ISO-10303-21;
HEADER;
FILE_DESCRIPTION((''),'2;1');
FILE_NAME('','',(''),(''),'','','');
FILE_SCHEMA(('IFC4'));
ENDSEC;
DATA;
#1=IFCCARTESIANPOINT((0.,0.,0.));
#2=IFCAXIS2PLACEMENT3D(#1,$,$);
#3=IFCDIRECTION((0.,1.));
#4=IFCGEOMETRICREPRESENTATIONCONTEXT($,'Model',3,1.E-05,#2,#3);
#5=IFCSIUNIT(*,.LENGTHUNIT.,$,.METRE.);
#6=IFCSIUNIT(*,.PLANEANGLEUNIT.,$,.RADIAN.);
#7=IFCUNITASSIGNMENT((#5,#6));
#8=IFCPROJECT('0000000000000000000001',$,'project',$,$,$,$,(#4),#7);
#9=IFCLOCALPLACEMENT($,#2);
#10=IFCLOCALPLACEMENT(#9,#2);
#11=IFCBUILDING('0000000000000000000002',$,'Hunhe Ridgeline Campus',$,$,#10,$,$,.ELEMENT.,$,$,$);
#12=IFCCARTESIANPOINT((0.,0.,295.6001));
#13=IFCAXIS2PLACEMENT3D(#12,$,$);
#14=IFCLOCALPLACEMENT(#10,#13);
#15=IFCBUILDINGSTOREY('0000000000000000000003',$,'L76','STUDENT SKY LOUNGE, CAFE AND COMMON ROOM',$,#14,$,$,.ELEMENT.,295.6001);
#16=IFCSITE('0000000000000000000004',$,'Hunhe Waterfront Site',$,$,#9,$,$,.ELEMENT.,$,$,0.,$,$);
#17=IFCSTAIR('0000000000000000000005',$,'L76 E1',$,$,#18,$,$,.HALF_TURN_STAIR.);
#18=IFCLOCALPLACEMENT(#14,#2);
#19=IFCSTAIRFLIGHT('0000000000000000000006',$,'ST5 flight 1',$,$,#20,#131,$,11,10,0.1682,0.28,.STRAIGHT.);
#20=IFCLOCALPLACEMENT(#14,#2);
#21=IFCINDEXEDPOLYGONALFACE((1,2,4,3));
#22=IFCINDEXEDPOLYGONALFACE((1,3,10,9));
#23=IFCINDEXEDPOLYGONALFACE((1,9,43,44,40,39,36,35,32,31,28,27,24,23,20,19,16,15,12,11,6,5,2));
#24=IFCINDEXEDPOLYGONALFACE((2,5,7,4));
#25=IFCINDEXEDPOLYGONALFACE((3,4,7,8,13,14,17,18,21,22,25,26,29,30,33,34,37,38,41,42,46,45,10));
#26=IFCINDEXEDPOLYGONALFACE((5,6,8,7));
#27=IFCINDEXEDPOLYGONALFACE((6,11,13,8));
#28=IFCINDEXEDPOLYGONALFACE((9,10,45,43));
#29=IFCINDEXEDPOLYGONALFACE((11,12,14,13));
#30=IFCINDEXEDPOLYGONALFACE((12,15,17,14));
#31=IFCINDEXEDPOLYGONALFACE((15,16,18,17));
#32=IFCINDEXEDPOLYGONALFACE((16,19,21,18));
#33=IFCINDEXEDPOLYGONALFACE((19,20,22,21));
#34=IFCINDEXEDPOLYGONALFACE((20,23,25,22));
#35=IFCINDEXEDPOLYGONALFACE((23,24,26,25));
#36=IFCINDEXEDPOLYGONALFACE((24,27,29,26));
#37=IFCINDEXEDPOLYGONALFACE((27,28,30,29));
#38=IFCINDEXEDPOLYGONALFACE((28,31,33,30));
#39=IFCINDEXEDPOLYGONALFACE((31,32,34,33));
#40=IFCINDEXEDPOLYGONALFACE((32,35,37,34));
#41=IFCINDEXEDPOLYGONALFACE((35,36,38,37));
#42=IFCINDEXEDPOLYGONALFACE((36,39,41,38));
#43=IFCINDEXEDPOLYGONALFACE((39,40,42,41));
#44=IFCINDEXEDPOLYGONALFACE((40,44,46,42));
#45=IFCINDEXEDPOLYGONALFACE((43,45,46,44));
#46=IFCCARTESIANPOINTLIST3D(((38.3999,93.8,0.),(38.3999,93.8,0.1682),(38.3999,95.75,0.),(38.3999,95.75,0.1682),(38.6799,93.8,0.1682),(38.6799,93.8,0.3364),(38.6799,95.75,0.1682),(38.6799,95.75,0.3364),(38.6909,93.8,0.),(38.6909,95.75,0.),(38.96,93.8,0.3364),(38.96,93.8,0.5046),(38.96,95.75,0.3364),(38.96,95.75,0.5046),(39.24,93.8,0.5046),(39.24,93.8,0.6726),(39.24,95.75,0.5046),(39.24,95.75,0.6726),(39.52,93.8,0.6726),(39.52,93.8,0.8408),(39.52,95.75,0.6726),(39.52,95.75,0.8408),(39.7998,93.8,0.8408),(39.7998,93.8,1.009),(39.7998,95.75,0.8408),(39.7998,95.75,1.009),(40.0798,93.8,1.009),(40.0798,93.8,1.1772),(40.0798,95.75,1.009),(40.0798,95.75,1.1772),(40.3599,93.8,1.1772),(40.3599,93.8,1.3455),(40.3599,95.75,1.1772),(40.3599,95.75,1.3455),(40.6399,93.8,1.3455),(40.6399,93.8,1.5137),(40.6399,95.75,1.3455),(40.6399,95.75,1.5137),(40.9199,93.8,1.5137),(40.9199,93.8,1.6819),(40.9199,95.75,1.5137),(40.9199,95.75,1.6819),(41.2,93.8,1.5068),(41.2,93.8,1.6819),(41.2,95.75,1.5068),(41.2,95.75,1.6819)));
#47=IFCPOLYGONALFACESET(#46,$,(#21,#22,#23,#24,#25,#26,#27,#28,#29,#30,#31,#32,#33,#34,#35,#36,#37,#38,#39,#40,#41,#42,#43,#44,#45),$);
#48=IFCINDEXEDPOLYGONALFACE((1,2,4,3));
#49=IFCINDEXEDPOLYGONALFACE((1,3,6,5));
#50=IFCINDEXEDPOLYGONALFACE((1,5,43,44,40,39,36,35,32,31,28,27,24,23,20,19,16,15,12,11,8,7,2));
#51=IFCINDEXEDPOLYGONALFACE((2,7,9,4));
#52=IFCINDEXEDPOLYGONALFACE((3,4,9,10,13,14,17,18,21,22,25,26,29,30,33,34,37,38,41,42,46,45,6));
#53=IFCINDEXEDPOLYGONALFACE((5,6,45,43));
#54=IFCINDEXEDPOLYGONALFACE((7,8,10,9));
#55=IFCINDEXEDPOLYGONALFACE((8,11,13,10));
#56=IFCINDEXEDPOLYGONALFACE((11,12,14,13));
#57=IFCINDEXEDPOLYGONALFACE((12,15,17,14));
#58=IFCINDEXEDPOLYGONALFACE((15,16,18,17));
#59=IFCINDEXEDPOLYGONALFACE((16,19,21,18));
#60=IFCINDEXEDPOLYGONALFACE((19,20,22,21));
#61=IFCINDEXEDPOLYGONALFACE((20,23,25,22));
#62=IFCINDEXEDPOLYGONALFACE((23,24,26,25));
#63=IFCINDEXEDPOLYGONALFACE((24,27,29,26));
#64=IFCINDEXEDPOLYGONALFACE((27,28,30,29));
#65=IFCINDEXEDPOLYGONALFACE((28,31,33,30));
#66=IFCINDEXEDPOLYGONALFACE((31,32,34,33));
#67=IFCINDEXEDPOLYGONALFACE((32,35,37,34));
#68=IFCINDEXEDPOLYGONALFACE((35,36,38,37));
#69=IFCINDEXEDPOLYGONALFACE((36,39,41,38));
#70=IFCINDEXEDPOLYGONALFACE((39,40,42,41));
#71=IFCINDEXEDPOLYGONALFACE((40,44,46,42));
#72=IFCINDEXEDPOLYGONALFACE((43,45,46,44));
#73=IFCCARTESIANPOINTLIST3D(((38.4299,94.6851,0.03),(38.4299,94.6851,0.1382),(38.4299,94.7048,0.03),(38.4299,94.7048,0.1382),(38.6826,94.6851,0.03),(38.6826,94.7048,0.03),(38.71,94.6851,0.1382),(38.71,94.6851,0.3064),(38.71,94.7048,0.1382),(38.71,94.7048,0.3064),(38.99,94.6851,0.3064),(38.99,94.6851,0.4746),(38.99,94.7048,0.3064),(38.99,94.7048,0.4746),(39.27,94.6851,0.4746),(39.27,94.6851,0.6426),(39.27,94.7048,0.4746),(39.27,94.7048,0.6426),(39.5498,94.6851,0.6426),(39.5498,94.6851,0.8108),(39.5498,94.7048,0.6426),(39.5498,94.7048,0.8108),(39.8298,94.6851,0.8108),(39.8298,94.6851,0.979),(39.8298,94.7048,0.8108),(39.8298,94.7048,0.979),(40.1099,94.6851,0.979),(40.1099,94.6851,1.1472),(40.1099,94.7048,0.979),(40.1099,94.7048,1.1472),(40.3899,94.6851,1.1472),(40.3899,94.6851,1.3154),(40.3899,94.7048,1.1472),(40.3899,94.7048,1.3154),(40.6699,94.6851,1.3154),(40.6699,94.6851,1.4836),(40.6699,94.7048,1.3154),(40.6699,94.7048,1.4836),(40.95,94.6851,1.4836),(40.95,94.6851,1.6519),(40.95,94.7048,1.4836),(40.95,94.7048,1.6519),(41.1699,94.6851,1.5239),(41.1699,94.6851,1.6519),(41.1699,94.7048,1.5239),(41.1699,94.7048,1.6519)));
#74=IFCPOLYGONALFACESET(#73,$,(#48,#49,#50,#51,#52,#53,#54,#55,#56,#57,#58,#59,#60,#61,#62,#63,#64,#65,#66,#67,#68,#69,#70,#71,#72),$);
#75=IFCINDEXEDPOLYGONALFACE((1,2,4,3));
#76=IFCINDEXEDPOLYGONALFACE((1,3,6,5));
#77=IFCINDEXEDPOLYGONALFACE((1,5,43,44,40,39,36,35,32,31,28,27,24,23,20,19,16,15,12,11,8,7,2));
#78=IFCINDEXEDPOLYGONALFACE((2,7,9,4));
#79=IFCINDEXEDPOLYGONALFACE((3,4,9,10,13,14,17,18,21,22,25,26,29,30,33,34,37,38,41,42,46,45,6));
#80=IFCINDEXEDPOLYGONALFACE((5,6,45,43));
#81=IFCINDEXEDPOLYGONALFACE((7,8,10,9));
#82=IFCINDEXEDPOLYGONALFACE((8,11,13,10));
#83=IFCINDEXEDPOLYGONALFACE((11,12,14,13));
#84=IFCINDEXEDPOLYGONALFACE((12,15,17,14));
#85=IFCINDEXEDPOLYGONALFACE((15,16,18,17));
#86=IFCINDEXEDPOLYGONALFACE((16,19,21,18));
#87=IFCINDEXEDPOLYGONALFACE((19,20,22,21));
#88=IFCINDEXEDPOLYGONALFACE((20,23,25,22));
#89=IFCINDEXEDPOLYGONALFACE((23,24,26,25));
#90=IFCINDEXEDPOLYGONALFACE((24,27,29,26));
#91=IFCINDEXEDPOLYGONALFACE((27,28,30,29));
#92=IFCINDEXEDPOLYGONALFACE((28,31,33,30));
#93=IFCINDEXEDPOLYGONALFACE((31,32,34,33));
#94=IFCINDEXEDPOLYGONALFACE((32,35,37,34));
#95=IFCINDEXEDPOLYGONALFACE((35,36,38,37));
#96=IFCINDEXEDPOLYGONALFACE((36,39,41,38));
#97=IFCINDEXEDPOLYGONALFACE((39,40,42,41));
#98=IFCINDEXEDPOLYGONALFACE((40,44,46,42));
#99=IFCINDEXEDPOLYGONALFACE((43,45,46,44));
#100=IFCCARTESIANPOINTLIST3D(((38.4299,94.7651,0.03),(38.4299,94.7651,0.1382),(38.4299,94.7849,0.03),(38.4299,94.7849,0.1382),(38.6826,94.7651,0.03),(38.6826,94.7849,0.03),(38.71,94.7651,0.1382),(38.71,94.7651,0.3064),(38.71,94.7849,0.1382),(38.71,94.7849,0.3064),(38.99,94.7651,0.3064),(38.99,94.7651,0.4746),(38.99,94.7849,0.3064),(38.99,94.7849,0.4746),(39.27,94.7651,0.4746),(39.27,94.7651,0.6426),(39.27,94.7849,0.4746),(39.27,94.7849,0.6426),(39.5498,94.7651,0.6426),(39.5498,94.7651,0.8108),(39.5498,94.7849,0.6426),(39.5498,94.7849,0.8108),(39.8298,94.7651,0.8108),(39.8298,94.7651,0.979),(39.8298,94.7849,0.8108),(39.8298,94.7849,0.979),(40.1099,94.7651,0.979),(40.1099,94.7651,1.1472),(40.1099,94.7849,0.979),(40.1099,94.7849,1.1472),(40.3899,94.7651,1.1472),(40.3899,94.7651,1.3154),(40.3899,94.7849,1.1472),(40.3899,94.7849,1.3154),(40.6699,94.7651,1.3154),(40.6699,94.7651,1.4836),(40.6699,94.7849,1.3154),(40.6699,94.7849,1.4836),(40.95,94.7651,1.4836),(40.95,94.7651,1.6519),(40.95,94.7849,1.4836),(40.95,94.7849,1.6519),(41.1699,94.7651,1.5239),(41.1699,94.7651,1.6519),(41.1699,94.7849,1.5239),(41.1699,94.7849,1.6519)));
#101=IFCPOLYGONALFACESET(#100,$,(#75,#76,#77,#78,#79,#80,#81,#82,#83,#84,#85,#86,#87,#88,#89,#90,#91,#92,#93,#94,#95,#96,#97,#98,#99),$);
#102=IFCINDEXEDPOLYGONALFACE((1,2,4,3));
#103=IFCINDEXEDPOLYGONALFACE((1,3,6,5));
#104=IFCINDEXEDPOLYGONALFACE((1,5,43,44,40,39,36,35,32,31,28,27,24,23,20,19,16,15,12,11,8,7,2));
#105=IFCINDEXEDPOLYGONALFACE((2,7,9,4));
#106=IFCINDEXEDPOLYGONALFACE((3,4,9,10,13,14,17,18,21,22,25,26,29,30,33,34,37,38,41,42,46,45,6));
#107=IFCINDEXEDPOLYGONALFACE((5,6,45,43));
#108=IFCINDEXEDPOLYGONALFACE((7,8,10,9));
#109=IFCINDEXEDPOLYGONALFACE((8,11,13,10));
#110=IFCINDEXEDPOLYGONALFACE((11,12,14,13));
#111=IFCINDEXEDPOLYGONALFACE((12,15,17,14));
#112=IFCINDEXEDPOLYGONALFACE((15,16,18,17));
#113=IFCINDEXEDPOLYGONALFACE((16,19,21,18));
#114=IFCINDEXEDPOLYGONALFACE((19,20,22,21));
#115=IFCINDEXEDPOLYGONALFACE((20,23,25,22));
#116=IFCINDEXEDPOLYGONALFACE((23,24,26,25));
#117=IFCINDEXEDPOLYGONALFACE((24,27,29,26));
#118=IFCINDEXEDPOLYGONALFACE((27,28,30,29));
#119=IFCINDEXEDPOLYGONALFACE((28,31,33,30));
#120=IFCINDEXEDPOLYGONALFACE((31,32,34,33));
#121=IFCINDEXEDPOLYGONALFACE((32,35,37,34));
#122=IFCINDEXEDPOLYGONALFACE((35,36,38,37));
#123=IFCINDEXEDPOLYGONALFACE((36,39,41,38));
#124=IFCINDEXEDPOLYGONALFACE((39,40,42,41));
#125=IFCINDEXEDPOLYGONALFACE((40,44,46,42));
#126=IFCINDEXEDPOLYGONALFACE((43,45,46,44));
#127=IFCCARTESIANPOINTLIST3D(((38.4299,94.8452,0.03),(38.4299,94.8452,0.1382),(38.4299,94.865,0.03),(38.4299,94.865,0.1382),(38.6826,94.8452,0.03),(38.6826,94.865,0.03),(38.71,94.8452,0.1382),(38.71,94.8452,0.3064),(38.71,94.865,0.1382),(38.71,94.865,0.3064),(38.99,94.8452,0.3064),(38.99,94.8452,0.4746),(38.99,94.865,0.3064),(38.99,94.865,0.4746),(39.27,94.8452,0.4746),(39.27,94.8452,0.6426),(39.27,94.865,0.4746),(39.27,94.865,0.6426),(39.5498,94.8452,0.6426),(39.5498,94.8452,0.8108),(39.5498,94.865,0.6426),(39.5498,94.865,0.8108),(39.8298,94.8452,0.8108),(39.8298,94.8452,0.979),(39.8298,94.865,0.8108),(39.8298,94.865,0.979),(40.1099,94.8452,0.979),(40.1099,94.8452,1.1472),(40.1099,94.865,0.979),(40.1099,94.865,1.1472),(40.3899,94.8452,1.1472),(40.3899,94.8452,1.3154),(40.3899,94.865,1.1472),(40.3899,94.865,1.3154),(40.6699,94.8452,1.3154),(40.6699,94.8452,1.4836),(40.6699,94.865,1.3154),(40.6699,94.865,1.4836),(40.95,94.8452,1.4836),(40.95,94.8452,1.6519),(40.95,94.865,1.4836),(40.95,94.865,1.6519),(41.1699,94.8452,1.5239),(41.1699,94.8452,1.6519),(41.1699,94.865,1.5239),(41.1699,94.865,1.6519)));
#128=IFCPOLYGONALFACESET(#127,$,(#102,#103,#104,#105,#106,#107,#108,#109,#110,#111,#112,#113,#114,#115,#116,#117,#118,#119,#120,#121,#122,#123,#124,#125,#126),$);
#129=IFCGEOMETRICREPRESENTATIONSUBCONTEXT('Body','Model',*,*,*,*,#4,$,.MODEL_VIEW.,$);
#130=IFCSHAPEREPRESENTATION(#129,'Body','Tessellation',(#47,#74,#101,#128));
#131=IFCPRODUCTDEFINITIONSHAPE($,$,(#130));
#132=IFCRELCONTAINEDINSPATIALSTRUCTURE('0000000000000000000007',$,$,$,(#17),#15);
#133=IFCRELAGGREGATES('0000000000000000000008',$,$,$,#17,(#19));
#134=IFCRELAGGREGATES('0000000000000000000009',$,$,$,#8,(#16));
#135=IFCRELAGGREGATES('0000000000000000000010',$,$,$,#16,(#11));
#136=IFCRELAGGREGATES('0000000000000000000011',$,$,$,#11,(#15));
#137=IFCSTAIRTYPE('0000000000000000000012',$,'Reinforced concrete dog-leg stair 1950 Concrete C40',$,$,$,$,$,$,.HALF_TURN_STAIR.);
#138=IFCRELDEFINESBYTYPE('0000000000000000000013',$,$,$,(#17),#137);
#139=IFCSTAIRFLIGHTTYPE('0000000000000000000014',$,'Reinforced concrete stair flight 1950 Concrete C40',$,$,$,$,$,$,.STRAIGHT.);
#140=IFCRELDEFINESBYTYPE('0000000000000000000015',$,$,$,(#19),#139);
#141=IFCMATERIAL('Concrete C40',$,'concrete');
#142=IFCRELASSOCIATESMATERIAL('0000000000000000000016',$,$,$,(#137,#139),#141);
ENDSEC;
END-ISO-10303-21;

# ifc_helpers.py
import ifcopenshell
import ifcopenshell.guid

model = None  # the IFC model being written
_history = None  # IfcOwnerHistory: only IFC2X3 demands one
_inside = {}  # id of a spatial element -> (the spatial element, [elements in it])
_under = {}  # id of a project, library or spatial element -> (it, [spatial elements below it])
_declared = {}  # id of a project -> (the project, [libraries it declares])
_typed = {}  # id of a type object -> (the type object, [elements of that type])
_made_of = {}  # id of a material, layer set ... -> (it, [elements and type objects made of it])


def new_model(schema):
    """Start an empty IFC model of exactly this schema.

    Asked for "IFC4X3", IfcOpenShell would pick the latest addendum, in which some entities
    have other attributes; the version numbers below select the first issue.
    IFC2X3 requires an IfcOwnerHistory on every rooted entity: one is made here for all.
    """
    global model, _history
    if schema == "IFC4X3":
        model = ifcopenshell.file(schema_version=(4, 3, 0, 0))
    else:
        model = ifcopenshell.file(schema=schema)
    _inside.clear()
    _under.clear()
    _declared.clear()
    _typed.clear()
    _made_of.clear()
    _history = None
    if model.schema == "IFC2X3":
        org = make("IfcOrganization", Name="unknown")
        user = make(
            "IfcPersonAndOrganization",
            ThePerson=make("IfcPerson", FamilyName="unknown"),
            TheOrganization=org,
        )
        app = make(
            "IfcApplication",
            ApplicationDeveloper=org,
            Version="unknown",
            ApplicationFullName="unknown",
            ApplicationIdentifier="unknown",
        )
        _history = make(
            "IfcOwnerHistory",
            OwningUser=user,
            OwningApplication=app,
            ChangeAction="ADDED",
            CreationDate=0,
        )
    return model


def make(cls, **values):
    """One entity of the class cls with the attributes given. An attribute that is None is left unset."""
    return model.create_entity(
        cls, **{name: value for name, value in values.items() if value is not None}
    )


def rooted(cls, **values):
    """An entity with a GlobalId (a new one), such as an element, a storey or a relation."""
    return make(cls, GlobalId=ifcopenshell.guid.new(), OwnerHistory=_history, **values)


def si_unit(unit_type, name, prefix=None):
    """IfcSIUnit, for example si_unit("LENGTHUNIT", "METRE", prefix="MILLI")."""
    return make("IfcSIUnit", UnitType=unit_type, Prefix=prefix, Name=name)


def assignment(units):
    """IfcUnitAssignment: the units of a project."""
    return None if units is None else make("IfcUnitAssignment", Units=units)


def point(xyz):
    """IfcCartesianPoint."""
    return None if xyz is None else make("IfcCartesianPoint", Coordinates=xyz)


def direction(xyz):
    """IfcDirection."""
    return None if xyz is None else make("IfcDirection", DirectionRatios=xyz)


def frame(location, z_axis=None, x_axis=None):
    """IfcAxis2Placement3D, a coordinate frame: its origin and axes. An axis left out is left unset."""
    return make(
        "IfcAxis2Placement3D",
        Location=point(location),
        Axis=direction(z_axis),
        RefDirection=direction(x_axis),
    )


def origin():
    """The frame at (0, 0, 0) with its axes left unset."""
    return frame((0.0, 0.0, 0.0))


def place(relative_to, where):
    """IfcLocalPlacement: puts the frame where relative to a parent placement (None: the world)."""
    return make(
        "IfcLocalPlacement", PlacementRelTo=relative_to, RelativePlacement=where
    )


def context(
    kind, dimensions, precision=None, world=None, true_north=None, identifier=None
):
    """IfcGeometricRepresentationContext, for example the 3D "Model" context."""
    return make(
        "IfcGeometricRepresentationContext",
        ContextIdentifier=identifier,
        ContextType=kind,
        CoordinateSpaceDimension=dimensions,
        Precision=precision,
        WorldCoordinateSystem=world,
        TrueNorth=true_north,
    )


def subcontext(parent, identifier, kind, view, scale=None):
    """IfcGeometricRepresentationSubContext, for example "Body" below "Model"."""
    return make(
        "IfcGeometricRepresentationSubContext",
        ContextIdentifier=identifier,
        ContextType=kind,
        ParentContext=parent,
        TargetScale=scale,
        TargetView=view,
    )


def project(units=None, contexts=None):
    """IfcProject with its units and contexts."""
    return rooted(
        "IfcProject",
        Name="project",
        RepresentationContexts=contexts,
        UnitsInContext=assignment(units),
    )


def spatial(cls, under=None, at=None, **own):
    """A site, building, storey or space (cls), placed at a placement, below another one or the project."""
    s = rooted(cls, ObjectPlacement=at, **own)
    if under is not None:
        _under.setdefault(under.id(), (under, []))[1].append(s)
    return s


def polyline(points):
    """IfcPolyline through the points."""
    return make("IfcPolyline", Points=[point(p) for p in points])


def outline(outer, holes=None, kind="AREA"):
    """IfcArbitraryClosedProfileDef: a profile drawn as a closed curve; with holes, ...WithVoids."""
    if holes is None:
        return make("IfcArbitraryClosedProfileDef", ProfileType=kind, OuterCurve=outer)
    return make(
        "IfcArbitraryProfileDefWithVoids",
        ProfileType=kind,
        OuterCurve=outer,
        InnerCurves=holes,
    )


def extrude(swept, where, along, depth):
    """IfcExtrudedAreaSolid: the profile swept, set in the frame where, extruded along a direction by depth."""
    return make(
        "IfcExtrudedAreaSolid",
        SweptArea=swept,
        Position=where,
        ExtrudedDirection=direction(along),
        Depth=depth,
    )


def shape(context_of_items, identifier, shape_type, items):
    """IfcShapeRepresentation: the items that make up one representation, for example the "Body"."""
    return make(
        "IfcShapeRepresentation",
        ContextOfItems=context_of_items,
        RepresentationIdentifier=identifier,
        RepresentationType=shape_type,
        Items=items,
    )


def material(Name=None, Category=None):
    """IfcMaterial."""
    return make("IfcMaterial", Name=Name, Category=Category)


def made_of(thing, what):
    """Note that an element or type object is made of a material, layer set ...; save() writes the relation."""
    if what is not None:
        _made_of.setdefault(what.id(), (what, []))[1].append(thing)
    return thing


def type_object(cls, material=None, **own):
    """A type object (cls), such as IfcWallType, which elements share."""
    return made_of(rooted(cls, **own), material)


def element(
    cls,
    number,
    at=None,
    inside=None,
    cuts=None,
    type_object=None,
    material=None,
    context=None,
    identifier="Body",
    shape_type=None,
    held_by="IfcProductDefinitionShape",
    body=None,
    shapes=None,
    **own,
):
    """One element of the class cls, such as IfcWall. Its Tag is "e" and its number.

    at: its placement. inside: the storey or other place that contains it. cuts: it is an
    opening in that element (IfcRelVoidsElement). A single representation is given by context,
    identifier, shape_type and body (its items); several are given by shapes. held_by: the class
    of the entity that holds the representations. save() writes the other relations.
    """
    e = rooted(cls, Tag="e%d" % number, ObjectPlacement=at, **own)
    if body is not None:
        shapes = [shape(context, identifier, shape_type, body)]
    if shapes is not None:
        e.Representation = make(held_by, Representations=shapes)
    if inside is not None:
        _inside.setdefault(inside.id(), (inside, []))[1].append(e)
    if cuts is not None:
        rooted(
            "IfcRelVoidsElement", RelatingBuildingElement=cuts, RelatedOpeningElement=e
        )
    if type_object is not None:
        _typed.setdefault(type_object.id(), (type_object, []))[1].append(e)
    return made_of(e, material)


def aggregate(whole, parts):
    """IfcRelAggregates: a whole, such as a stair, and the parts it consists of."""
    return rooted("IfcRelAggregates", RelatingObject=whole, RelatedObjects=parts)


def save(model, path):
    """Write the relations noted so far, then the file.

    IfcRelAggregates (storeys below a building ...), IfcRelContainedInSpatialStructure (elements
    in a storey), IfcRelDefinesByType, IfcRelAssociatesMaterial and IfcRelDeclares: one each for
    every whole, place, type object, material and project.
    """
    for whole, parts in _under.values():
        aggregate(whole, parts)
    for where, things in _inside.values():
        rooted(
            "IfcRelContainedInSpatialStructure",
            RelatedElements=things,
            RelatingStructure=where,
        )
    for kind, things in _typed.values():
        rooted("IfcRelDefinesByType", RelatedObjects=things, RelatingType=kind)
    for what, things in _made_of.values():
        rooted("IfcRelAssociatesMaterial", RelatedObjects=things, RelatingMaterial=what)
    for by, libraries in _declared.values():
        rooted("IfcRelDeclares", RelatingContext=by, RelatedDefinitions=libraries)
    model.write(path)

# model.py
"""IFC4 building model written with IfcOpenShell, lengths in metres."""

from ifc_helpers import new_model, si_unit, direction, frame, origin, place, context, subcontext, project, spatial, polyline, outline, extrude, material, type_object, element, aggregate, save


model = new_model("IFC4")

# Units and contexts
model_context = context("Model", 3, precision=1e-05, world=origin(), true_north=direction((0.0, 1.0)))
body_context = subcontext(model_context, "Body", "Model", "MODEL_VIEW")
ifc_project = project(units=[si_unit("LENGTHUNIT", "METRE"), si_unit("PLANEANGLEUNIT", "RADIAN")], contexts=[model_context])

# Site, building, storey
site_placement = place(None, origin())
site = spatial("IfcSite", under=ifc_project, at=site_placement, Name="Hunhe Waterfront Site", CompositionType="ELEMENT", RefElevation=0.0)
building_placement = place(site_placement, origin())
building = spatial("IfcBuilding", under=site, at=building_placement, Name="Hunhe Ridgeline Campus", CompositionType="ELEMENT")
storey_placement = place(building_placement, frame((0.0, 0.0, 295.6001)))
storey = spatial("IfcBuildingStorey", under=building, at=storey_placement, Name="L76", Description="STUDENT SKY LOUNGE, CAFE AND COMMON ROOM", CompositionType="ELEMENT", Elevation=295.6001)

# Stair, stair flight
ifc_material_1 = material(Name="Concrete C40", Category="concrete")
stair_type = type_object("IfcStairType", Name="Reinforced concrete dog-leg stair 1950 Concrete C40", PredefinedType="HALF_TURN_STAIR", material=ifc_material_1)
stair_placement = place(storey_placement, origin())
stair = element("IfcStair", 1, at=stair_placement, inside=storey, type_object=stair_type, Name="L76 E1", PredefinedType="HALF_TURN_STAIR")
stair_flight_type = type_object("IfcStairFlightType", Name="Reinforced concrete stair flight 1950 Concrete C40", PredefinedType="STRAIGHT", material=ifc_material_1)
stair_flight_1_placement = place(storey_placement, frame((38.3999, 94.7749, 0.0), z_axis=(0.0, 0.0, 1.0), x_axis=(1.0, 0.0, 0.0)))
stair_flight_1 = element("IfcStairFlight", 2, at=stair_flight_1_placement, type_object=stair_flight_type, Name="ST5 flight 1", NumberOfRisers=11, NumberOfTreads=10, PredefinedType="STRAIGHT", RiserHeight=0.1682, TreadLength=0.28, context=body_context, shape_type="SweptSolid", body=[
    extrude(outline(polyline([(0.0, 0.0), (0.0, 0.1682), (0.28, 0.1682), (0.28, 0.3364), (0.5601, 0.3364), (0.5601, 0.5046), (0.8401, 0.5046), (0.8401, 0.6726), (1.1201, 0.6726), (1.1201, 0.8408), (1.3999, 0.8408), (1.3999, 1.009), (1.6799, 1.009), (1.6799, 1.1772), (1.96, 1.1772), (1.96, 1.3455), (2.24, 1.3455), (2.24, 1.5137), (2.52, 1.5137), (2.52, 1.6819), (2.8, 1.6819), (2.8, 1.8501), (2.8, 1.5068), (0.291, 0.0), (0.0, 0.0)])), frame((0.0, 0.9751, 0.0), z_axis=(0.0, -1.0, 0.0), x_axis=(1.0, 0.0, 0.0)), (0.0, 0.0, 1.0), 1.95),
    extrude(outline(polyline([(0.03, 0.03), (0.03, 0.1382), (0.3101, 0.1382), (0.3101, 0.3064), (0.5901, 0.3064), (0.5901, 0.4746), (0.8701, 0.4746), (0.8701, 0.6426), (1.1499, 0.6426), (1.1499, 0.8108), (1.4299, 0.8108), (1.4299, 0.979), (1.71, 0.979), (1.71, 1.1472), (1.99, 1.1472), (1.99, 1.3154), (2.27, 1.3154), (2.27, 1.4836), (2.55, 1.4836), (2.55, 1.6519), (2.77, 1.6519), (2.77, 1.5239), (0.2827, 0.03), (0.03, 0.03)])), frame((0.0, -0.0701, 0.0), z_axis=(0.0, -1.0, 0.0), x_axis=(1.0, 0.0, 0.0)), (0.0, 0.0, 1.0), 0.0198),
    extrude(outline(polyline([(0.03, 0.03), (0.03, 0.1382), (0.3101, 0.1382), (0.3101, 0.3064), (0.5901, 0.3064), (0.5901, 0.4746), (0.8701, 0.4746), (0.8701, 0.6426), (1.1499, 0.6426), (1.1499, 0.8108), (1.4299, 0.8108), (1.4299, 0.979), (1.71, 0.979), (1.71, 1.1472), (1.99, 1.1472), (1.99, 1.3154), (2.27, 1.3154), (2.27, 1.4836), (2.55, 1.4836), (2.55, 1.6519), (2.77, 1.6519), (2.77, 1.5239), (0.2827, 0.03), (0.03, 0.03)])), frame((0.0, 0.01, 0.0), z_axis=(0.0, -1.0, 0.0), x_axis=(1.0, 0.0, 0.0)), (0.0, 0.0, 1.0), 0.0198),
    extrude(outline(polyline([(0.03, 0.03), (0.03, 0.1382), (0.3101, 0.1382), (0.3101, 0.3064), (0.5901, 0.3064), (0.5901, 0.4746), (0.8701, 0.4746), (0.8701, 0.6426), (1.1499, 0.6426), (1.1499, 0.8108), (1.4299, 0.8108), (1.4299, 0.979), (1.71, 0.979), (1.71, 1.1472), (1.99, 1.1472), (1.99, 1.3154), (2.27, 1.3154), (2.27, 1.4836), (2.55, 1.4836), (2.55, 1.6519), (2.77, 1.6519), (2.77, 1.5239), (0.2827, 0.03), (0.03, 0.03)])), frame((0.0, 0.0901, 0.0), z_axis=(0.0, -1.0, 0.0), x_axis=(1.0, 0.0, 0.0)), (0.0, 0.0, 1.0), 0.0198),
])
aggregate(stair, [stair_flight_1])

save(model, "model.ifc")
